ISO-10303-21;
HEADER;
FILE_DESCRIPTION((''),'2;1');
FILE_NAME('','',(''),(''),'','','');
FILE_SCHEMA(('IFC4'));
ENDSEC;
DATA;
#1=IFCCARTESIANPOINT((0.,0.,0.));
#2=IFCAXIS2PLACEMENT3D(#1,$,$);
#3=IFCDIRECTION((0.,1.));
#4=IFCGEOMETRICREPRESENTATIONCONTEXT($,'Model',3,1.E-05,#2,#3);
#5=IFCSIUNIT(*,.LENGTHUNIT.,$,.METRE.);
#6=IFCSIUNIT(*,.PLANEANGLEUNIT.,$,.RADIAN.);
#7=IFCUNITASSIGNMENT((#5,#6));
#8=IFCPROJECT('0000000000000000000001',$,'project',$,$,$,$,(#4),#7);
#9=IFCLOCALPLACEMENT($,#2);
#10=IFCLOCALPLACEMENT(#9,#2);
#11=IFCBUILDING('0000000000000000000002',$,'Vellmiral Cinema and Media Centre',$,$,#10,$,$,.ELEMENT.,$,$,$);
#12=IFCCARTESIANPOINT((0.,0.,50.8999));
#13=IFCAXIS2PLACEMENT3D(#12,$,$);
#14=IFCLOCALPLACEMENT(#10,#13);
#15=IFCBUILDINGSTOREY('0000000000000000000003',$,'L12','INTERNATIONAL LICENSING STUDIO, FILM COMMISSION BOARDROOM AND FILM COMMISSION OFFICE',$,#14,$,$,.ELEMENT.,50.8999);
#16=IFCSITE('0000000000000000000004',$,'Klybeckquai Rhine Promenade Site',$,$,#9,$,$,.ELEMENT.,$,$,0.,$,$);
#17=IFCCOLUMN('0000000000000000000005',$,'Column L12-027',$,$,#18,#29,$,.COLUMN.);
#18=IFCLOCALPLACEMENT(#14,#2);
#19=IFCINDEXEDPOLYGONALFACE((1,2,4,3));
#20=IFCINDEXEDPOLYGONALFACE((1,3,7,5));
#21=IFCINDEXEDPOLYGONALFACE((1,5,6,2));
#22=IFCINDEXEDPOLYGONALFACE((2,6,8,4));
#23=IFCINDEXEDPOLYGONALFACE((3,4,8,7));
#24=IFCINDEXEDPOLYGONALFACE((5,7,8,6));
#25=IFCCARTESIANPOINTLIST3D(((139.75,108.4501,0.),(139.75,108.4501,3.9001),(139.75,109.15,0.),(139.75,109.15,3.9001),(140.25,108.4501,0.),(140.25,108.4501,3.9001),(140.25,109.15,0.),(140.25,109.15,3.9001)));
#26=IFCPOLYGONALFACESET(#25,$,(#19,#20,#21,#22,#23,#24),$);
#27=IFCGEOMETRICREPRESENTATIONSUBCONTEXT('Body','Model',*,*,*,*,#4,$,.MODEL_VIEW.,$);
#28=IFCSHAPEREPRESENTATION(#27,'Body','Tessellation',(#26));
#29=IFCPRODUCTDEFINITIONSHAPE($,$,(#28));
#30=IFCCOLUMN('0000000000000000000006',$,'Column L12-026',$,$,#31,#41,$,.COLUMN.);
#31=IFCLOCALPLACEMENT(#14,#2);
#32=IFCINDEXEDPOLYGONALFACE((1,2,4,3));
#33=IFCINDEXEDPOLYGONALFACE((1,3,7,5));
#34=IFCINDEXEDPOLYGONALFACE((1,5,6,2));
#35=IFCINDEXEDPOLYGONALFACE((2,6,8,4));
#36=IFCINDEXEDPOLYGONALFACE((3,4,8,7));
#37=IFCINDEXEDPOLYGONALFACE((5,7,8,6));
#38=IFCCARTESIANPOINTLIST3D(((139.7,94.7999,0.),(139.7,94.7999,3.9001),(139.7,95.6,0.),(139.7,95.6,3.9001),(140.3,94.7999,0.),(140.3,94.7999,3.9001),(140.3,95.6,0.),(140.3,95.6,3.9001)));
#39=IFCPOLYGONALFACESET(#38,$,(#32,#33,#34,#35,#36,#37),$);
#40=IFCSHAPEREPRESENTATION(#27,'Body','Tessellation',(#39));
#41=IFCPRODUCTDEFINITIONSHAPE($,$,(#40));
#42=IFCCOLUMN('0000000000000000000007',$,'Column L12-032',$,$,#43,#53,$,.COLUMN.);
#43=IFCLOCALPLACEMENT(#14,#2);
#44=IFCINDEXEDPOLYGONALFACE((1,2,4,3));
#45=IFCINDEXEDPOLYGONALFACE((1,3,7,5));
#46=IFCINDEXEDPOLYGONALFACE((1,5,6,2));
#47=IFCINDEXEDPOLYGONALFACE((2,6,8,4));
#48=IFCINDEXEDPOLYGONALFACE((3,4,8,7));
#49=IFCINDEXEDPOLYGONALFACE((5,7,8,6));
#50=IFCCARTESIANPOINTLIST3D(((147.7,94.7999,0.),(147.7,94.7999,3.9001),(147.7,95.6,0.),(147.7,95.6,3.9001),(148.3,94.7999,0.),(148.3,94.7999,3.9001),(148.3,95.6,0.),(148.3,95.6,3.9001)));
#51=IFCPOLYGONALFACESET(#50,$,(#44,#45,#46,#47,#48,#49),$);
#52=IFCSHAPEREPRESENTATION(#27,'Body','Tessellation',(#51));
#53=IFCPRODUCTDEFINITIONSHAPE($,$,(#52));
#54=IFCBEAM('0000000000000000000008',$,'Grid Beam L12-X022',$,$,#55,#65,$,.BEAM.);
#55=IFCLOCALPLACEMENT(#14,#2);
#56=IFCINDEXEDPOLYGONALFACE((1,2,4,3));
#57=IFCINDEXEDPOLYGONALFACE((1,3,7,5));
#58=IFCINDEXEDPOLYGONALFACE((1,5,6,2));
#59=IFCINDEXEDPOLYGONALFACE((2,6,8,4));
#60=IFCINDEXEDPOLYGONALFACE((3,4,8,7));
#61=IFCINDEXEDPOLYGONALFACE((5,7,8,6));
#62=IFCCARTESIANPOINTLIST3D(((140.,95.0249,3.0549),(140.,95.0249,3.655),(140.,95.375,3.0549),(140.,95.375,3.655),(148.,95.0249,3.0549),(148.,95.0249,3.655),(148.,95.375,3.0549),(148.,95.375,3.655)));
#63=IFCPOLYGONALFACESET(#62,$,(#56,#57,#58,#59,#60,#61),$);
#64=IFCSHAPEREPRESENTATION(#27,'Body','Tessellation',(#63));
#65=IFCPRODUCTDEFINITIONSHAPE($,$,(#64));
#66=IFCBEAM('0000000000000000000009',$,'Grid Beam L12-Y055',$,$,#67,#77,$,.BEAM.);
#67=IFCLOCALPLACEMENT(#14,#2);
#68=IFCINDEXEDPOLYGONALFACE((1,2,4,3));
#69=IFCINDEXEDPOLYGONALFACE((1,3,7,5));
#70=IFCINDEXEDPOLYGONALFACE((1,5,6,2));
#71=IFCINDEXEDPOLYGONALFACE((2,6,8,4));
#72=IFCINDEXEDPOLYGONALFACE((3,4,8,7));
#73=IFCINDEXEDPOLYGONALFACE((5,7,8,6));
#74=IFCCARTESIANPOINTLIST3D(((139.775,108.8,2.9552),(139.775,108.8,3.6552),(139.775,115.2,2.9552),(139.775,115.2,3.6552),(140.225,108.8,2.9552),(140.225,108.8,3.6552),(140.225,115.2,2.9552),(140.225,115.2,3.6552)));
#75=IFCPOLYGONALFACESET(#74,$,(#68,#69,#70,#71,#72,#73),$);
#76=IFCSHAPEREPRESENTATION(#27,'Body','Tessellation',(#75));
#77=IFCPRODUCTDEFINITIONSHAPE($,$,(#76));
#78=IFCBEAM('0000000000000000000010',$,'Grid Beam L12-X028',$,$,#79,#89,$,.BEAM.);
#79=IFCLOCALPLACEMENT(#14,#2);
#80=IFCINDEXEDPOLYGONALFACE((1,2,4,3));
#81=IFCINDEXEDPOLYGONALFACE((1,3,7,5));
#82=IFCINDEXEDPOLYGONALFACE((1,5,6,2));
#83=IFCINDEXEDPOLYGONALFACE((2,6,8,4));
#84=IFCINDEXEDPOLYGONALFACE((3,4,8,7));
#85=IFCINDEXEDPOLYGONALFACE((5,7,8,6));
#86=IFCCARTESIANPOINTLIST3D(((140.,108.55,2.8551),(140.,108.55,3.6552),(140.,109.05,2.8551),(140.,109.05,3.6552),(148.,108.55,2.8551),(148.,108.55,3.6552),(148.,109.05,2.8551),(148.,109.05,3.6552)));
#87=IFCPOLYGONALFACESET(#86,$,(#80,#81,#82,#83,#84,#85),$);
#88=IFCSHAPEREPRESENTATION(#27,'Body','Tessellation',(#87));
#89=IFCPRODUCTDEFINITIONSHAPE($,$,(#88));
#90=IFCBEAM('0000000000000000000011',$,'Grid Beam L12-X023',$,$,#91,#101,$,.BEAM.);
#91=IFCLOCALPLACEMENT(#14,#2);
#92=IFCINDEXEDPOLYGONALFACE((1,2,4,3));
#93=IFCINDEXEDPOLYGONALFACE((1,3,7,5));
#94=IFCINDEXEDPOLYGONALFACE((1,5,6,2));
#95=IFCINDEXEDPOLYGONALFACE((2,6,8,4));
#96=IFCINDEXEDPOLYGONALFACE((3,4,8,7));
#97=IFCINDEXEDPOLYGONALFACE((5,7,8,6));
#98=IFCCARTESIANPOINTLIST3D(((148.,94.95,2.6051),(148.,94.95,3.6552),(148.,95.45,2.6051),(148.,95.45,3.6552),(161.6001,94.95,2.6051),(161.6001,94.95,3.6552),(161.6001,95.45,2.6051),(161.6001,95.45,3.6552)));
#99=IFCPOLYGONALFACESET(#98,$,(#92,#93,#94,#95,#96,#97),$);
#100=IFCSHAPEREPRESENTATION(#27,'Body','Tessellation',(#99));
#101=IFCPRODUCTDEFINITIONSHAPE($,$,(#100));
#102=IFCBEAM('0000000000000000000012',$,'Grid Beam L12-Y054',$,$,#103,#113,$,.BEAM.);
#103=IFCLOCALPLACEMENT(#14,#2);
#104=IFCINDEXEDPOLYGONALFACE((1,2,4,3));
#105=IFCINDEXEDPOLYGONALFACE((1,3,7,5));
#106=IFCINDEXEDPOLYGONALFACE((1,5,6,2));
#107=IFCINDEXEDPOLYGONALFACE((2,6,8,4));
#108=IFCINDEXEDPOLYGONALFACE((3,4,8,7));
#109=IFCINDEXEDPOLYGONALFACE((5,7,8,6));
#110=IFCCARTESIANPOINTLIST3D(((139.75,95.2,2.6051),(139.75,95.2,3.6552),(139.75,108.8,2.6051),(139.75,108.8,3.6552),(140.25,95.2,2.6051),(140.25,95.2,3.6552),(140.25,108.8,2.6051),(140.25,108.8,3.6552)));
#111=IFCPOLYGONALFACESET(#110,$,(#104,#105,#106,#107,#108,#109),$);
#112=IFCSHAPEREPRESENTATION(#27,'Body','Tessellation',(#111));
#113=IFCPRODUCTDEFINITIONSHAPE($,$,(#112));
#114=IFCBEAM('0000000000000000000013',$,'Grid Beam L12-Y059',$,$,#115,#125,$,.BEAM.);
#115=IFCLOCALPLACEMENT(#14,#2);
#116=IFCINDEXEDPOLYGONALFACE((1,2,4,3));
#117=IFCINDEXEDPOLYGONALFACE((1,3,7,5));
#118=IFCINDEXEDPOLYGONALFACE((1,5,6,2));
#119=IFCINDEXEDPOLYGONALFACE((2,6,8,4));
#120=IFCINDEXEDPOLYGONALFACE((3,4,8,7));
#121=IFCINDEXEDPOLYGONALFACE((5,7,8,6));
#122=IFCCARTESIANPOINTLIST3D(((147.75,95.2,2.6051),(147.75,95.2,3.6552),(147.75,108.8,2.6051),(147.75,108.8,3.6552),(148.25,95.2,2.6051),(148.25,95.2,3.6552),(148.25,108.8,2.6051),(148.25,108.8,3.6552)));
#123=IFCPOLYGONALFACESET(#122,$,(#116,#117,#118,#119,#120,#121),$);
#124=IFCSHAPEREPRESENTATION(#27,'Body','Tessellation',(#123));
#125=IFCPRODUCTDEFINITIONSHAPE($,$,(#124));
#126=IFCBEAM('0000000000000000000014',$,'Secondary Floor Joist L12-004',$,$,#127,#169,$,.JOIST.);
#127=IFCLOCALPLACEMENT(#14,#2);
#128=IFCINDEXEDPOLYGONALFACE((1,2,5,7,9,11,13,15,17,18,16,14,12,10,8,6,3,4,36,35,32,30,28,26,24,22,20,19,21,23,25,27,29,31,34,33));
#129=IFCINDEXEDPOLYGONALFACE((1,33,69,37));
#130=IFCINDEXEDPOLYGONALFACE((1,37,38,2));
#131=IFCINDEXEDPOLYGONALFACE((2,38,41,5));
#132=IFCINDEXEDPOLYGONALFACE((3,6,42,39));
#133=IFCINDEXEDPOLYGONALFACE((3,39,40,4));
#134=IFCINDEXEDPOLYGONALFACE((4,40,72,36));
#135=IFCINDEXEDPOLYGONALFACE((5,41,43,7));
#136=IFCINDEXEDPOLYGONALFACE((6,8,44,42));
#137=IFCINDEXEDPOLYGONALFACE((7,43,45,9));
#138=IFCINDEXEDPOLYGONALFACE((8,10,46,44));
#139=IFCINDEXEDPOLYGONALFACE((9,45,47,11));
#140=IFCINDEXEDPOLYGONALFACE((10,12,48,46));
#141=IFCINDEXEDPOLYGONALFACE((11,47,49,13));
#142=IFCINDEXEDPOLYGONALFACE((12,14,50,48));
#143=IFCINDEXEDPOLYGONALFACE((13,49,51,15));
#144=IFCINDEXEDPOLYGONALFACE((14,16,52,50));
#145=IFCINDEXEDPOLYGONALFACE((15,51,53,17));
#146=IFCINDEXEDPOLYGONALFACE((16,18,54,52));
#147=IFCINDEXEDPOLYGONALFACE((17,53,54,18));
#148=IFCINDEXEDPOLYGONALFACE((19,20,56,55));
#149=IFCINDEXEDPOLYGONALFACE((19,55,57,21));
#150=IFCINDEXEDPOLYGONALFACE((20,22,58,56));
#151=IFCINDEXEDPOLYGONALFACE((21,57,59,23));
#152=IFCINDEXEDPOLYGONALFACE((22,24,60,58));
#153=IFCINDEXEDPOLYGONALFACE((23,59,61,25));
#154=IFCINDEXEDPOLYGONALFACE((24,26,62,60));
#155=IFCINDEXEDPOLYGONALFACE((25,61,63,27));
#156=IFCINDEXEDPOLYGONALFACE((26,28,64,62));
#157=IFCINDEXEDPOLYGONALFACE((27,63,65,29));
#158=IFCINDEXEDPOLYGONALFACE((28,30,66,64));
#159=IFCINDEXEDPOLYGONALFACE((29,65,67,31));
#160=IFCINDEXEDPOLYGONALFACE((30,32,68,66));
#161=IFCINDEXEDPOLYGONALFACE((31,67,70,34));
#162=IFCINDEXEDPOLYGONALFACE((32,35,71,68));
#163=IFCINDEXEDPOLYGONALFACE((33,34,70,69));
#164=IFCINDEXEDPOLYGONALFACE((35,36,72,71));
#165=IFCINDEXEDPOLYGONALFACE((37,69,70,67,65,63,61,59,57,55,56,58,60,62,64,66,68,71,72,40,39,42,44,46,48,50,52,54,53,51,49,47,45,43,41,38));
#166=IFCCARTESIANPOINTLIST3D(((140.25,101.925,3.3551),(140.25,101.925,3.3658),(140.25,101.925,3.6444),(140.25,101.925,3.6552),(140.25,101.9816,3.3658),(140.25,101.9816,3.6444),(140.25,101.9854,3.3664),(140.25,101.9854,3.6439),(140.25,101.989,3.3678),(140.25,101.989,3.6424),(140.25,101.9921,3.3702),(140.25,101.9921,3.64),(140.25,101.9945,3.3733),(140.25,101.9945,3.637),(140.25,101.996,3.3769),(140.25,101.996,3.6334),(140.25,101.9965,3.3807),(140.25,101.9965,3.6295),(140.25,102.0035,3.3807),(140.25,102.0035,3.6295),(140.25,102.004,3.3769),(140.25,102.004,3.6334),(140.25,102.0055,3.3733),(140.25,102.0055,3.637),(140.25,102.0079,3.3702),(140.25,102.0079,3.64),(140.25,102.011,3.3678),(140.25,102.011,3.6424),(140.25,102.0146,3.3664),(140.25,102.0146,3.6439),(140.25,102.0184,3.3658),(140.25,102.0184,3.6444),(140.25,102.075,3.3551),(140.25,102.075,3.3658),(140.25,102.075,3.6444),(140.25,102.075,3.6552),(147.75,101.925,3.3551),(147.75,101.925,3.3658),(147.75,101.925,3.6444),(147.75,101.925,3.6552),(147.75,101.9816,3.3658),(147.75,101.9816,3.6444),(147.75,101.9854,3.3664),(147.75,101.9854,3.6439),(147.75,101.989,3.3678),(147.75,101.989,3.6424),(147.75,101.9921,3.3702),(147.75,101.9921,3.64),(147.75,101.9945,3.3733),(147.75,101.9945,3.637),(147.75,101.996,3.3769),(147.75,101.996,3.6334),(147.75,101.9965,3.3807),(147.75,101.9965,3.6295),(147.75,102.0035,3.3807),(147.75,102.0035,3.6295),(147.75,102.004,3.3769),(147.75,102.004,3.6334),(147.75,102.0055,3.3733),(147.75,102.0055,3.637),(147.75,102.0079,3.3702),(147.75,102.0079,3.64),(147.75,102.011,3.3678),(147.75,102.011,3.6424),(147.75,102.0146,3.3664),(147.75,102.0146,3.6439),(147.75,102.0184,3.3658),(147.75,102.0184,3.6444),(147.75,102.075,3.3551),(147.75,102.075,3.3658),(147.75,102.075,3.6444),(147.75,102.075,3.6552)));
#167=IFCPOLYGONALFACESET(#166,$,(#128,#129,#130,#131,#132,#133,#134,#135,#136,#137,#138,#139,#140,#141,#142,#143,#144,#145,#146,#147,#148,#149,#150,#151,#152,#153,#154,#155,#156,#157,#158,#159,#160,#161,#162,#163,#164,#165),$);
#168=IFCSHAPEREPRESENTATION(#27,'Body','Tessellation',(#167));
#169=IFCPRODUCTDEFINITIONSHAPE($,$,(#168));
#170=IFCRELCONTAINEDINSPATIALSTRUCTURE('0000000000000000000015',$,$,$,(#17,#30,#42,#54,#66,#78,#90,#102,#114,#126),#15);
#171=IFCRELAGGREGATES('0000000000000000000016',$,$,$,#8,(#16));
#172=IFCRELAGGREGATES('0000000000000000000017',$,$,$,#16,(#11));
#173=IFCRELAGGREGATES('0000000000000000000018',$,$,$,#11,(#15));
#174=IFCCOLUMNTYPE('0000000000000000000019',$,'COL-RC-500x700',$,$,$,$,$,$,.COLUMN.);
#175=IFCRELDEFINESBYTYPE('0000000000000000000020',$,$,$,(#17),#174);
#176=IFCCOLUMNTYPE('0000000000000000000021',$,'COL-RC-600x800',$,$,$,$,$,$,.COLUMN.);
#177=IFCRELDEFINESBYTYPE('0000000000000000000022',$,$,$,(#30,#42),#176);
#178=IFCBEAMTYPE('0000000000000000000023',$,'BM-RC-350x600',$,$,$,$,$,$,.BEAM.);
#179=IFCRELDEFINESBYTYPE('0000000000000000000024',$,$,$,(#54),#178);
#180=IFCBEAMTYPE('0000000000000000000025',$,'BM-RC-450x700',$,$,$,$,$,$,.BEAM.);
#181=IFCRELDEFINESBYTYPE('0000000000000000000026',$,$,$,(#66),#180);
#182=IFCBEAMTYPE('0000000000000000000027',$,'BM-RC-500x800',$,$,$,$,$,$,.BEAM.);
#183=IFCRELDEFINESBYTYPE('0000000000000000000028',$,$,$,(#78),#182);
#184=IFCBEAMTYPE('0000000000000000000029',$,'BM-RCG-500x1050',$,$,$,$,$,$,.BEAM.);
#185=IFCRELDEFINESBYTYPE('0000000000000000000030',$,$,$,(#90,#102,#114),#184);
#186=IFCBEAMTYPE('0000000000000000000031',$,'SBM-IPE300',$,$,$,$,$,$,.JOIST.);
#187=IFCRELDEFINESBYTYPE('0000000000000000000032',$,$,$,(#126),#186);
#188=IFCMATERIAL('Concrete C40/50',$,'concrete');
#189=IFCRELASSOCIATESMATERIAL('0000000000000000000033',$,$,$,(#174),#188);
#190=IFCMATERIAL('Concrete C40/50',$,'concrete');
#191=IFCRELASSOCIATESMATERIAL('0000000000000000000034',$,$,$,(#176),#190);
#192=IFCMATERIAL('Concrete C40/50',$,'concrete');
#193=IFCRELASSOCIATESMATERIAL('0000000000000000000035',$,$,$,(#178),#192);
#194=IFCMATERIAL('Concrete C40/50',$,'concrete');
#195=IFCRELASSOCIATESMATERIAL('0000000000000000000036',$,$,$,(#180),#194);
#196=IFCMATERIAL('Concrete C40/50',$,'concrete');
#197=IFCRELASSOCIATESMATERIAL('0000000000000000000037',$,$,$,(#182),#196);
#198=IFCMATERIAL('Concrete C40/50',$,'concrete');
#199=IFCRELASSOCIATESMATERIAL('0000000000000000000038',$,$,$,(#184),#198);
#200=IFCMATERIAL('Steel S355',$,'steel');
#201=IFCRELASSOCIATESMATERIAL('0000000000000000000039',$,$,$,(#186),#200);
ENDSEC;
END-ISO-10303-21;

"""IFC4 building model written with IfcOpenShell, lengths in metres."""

from ifc_helpers import new_model, si_unit, direction, frame, origin, origin_2d, place, context, subcontext, project, spatial, rectangle, i_section, extrude, material, material_profile, profile_set, type_object, element, save


model = new_model("IFC4")

# Units and contexts
model_context = context("Model", 3, precision=1e-05, world=origin(), true_north=direction((0.0, 1.0)))
body_context = subcontext(model_context, "Body", "Model", "MODEL_VIEW")
ifc_project = project(units=[si_unit("LENGTHUNIT", "METRE"), si_unit("PLANEANGLEUNIT", "RADIAN")], contexts=[model_context])

# Site, building, storey
site_placement = place(None, origin())
site = spatial("IfcSite", under=ifc_project, at=site_placement, Name="Klybeckquai Rhine Promenade Site", CompositionType="ELEMENT", RefElevation=0.0)
building_placement = place(site_placement, origin())
building = spatial("IfcBuilding", under=site, at=building_placement, Name="Vellmiral Cinema and Media Centre", CompositionType="ELEMENT")
storey_placement = place(building_placement, frame((0.0, 0.0, 50.8999)))
storey = spatial("IfcBuildingStorey", under=building, at=storey_placement, Name="L12", Description="INTERNATIONAL LICENSING STUDIO, FILM COMMISSION BOARDROOM AND FILM COMMISSION OFFICE", CompositionType="ELEMENT", Elevation=50.8999)

# Columns
ifc_material_1 = material(Name="Concrete C40/50", Category="concrete")
ifc_material_profile_1 = material_profile(ifc_material_1, rectangle(XDim=0.5, YDim=0.7, at=origin_2d()), Name="RC 500x700")
ifc_profile_set_1 = profile_set([ifc_material_profile_1], Name="Concrete C40/50")
column_type_1 = type_object("IfcColumnType", Name="COL-RC-500x700", PredefinedType="COLUMN", material=ifc_profile_set_1)
column_placement = place(storey_placement, frame((140.0, 108.8, 0.0), z_axis=(0.0, 0.0, 1.0), x_axis=(1.0, 0.0, 0.0)))
element("IfcColumn", 1, at=column_placement, inside=storey, type_object=column_type_1, Name="Column L12-027", PredefinedType="COLUMN", context=body_context, shape_type="SweptSolid", body=[
    extrude(rectangle(XDim=0.5, YDim=0.7, at=origin_2d()), origin(), (0.0, 0.0, 1.0), 3.9001),
])
ifc_material_2 = material(Name="Concrete C40/50", Category="concrete")
ifc_material_profile_2 = material_profile(ifc_material_2, rectangle(XDim=0.6001, YDim=0.8, at=origin_2d()), Name="RC 600x800")
ifc_profile_set_2 = profile_set([ifc_material_profile_2], Name="Concrete C40/50")
column_type_2 = type_object("IfcColumnType", Name="COL-RC-600x800", PredefinedType="COLUMN", material=ifc_profile_set_2)
for number, where, z_axis, x_axis, name in (
    (2, (140.0, 95.2, 0.0), (0.0, 0.0, 1.0), (1.0, 0.0, 0.0), "Column L12-026"),
    (3, (148.0, 95.2, 0.0), (0.0, 0.0, 1.0), (1.0, 0.0, 0.0), "Column L12-032"),
):
    element("IfcColumn", number, at=place(storey_placement, frame(where, z_axis=z_axis, x_axis=x_axis)), inside=storey, type_object=column_type_2, Name=name, PredefinedType="COLUMN", context=body_context, shape_type="SweptSolid", body=[
        extrude(rectangle(XDim=0.6001, YDim=0.8, at=origin_2d()), origin(), (0.0, 0.0, 1.0), 3.9001),
    ])

# Beams
ifc_material_3 = material(Name="Concrete C40/50", Category="concrete")
ifc_material_profile_3 = material_profile(ifc_material_3, rectangle(XDim=0.3501, YDim=0.6001, at=origin_2d()), Name="RC 350x600")
ifc_profile_set_3 = profile_set([ifc_material_profile_3], Name="Concrete C40/50")
beam_type_1 = type_object("IfcBeamType", Name="BM-RC-350x600", PredefinedType="BEAM", material=ifc_profile_set_3)
beam_1_placement = place(storey_placement, frame((140.0, 95.2, 3.355), z_axis=(1.0, 0.0, 0.0), x_axis=(0.0, 1.0, 0.0)))
element("IfcBeam", 4, at=beam_1_placement, inside=storey, type_object=beam_type_1, Name="Grid Beam L12-X022", PredefinedType="BEAM", context=body_context, shape_type="SweptSolid", body=[
    extrude(rectangle(XDim=0.3501, YDim=0.6001, at=origin_2d()), origin(), (0.0, 0.0, 1.0), 8.0),
])
ifc_material_4 = material(Name="Concrete C40/50", Category="concrete")
ifc_material_profile_4 = material_profile(ifc_material_4, rectangle(XDim=0.45, YDim=0.7, at=origin_2d()), Name="RC 450x700")
ifc_profile_set_4 = profile_set([ifc_material_profile_4], Name="Concrete C40/50")
beam_type_2 = type_object("IfcBeamType", Name="BM-RC-450x700", PredefinedType="BEAM", material=ifc_profile_set_4)
beam_2_placement = place(storey_placement, frame((140.0, 108.8, 3.3052), z_axis=(0.0, 1.0, 0.0), x_axis=(-1.0, 0.0, 0.0)))
element("IfcBeam", 5, at=beam_2_placement, inside=storey, type_object=beam_type_2, Name="Grid Beam L12-Y055", PredefinedType="BEAM", context=body_context, shape_type="SweptSolid", body=[
    extrude(rectangle(XDim=0.45, YDim=0.7, at=origin_2d()), origin(), (0.0, 0.0, 1.0), 6.3999),
])
ifc_material_5 = material(Name="Concrete C40/50", Category="concrete")
ifc_material_profile_5 = material_profile(ifc_material_5, rectangle(XDim=0.5, YDim=0.8, at=origin_2d()), Name="RC 500x800")
ifc_profile_set_5 = profile_set([ifc_material_profile_5], Name="Concrete C40/50")
beam_type_3 = type_object("IfcBeamType", Name="BM-RC-500x800", PredefinedType="BEAM", material=ifc_profile_set_5)
beam_3_placement = place(storey_placement, frame((140.0, 108.8, 3.2551), z_axis=(1.0, 0.0, 0.0), x_axis=(0.0, 1.0, 0.0)))
element("IfcBeam", 6, at=beam_3_placement, inside=storey, type_object=beam_type_3, Name="Grid Beam L12-X028", PredefinedType="BEAM", context=body_context, shape_type="SweptSolid", body=[
    extrude(rectangle(XDim=0.5, YDim=0.8, at=origin_2d()), origin(), (0.0, 0.0, 1.0), 8.0),
])
ifc_material_6 = material(Name="Concrete C40/50", Category="concrete")
ifc_material_profile_6 = material_profile(ifc_material_6, rectangle(XDim=0.5, YDim=1.05, at=origin_2d()), Name="RC 500x1050")
ifc_profile_set_6 = profile_set([ifc_material_profile_6], Name="Concrete C40/50")
beam_type_4 = type_object("IfcBeamType", Name="BM-RCG-500x1050", PredefinedType="BEAM", material=ifc_profile_set_6)
for number, where, z_axis, x_axis, name in (
    (7, (148.0, 95.2, 3.1301), (1.0, 0.0, 0.0), (0.0, 1.0, 0.0), "Grid Beam L12-X023"),
    (8, (140.0, 95.2, 3.1301), (0.0, 1.0, 0.0), (-1.0, 0.0, 0.0), "Grid Beam L12-Y054"),
    (9, (148.0, 95.2, 3.1301), (0.0, 1.0, 0.0), (-1.0, 0.0, 0.0), "Grid Beam L12-Y059"),
):
    element("IfcBeam", number, at=place(storey_placement, frame(where, z_axis=z_axis, x_axis=x_axis)), inside=storey, type_object=beam_type_4, Name=name, PredefinedType="BEAM", context=body_context, shape_type="SweptSolid", body=[
        extrude(rectangle(XDim=0.5, YDim=1.05, at=origin_2d()), origin(), (0.0, 0.0, 1.0), 13.6001),
    ])
ifc_material_7 = material(Name="Steel S355", Category="steel")
ifc_material_profile_7 = material_profile(ifc_material_7, i_section(OverallWidth=0.1499, OverallDepth=0.3, WebThickness=0.0071, FlangeThickness=0.0107, FilletRadius=0.0149, at=origin_2d()), Name="IPE 300")
ifc_profile_set_7 = profile_set([ifc_material_profile_7], Name="Steel S355")
beam_type_5 = type_object("IfcBeamType", Name="SBM-IPE300", PredefinedType="JOIST", material=ifc_profile_set_7)
beam_4_placement = place(storey_placement, frame((140.25, 102.0, 3.5051), z_axis=(1.0, 0.0, 0.0), x_axis=(0.0, 1.0, 0.0)))
element("IfcBeam", 10, at=beam_4_placement, inside=storey, type_object=beam_type_5, Name="Secondary Floor Joist L12-004", PredefinedType="JOIST", context=body_context, shape_type="SweptSolid", body=[
    extrude(i_section(OverallWidth=0.1499, OverallDepth=0.3, WebThickness=0.0071, FlangeThickness=0.0107, FilletRadius=0.0149, at=origin_2d()), origin(), (0.0, 0.0, 1.0), 7.5),
])

save(model, "model.ifc")
